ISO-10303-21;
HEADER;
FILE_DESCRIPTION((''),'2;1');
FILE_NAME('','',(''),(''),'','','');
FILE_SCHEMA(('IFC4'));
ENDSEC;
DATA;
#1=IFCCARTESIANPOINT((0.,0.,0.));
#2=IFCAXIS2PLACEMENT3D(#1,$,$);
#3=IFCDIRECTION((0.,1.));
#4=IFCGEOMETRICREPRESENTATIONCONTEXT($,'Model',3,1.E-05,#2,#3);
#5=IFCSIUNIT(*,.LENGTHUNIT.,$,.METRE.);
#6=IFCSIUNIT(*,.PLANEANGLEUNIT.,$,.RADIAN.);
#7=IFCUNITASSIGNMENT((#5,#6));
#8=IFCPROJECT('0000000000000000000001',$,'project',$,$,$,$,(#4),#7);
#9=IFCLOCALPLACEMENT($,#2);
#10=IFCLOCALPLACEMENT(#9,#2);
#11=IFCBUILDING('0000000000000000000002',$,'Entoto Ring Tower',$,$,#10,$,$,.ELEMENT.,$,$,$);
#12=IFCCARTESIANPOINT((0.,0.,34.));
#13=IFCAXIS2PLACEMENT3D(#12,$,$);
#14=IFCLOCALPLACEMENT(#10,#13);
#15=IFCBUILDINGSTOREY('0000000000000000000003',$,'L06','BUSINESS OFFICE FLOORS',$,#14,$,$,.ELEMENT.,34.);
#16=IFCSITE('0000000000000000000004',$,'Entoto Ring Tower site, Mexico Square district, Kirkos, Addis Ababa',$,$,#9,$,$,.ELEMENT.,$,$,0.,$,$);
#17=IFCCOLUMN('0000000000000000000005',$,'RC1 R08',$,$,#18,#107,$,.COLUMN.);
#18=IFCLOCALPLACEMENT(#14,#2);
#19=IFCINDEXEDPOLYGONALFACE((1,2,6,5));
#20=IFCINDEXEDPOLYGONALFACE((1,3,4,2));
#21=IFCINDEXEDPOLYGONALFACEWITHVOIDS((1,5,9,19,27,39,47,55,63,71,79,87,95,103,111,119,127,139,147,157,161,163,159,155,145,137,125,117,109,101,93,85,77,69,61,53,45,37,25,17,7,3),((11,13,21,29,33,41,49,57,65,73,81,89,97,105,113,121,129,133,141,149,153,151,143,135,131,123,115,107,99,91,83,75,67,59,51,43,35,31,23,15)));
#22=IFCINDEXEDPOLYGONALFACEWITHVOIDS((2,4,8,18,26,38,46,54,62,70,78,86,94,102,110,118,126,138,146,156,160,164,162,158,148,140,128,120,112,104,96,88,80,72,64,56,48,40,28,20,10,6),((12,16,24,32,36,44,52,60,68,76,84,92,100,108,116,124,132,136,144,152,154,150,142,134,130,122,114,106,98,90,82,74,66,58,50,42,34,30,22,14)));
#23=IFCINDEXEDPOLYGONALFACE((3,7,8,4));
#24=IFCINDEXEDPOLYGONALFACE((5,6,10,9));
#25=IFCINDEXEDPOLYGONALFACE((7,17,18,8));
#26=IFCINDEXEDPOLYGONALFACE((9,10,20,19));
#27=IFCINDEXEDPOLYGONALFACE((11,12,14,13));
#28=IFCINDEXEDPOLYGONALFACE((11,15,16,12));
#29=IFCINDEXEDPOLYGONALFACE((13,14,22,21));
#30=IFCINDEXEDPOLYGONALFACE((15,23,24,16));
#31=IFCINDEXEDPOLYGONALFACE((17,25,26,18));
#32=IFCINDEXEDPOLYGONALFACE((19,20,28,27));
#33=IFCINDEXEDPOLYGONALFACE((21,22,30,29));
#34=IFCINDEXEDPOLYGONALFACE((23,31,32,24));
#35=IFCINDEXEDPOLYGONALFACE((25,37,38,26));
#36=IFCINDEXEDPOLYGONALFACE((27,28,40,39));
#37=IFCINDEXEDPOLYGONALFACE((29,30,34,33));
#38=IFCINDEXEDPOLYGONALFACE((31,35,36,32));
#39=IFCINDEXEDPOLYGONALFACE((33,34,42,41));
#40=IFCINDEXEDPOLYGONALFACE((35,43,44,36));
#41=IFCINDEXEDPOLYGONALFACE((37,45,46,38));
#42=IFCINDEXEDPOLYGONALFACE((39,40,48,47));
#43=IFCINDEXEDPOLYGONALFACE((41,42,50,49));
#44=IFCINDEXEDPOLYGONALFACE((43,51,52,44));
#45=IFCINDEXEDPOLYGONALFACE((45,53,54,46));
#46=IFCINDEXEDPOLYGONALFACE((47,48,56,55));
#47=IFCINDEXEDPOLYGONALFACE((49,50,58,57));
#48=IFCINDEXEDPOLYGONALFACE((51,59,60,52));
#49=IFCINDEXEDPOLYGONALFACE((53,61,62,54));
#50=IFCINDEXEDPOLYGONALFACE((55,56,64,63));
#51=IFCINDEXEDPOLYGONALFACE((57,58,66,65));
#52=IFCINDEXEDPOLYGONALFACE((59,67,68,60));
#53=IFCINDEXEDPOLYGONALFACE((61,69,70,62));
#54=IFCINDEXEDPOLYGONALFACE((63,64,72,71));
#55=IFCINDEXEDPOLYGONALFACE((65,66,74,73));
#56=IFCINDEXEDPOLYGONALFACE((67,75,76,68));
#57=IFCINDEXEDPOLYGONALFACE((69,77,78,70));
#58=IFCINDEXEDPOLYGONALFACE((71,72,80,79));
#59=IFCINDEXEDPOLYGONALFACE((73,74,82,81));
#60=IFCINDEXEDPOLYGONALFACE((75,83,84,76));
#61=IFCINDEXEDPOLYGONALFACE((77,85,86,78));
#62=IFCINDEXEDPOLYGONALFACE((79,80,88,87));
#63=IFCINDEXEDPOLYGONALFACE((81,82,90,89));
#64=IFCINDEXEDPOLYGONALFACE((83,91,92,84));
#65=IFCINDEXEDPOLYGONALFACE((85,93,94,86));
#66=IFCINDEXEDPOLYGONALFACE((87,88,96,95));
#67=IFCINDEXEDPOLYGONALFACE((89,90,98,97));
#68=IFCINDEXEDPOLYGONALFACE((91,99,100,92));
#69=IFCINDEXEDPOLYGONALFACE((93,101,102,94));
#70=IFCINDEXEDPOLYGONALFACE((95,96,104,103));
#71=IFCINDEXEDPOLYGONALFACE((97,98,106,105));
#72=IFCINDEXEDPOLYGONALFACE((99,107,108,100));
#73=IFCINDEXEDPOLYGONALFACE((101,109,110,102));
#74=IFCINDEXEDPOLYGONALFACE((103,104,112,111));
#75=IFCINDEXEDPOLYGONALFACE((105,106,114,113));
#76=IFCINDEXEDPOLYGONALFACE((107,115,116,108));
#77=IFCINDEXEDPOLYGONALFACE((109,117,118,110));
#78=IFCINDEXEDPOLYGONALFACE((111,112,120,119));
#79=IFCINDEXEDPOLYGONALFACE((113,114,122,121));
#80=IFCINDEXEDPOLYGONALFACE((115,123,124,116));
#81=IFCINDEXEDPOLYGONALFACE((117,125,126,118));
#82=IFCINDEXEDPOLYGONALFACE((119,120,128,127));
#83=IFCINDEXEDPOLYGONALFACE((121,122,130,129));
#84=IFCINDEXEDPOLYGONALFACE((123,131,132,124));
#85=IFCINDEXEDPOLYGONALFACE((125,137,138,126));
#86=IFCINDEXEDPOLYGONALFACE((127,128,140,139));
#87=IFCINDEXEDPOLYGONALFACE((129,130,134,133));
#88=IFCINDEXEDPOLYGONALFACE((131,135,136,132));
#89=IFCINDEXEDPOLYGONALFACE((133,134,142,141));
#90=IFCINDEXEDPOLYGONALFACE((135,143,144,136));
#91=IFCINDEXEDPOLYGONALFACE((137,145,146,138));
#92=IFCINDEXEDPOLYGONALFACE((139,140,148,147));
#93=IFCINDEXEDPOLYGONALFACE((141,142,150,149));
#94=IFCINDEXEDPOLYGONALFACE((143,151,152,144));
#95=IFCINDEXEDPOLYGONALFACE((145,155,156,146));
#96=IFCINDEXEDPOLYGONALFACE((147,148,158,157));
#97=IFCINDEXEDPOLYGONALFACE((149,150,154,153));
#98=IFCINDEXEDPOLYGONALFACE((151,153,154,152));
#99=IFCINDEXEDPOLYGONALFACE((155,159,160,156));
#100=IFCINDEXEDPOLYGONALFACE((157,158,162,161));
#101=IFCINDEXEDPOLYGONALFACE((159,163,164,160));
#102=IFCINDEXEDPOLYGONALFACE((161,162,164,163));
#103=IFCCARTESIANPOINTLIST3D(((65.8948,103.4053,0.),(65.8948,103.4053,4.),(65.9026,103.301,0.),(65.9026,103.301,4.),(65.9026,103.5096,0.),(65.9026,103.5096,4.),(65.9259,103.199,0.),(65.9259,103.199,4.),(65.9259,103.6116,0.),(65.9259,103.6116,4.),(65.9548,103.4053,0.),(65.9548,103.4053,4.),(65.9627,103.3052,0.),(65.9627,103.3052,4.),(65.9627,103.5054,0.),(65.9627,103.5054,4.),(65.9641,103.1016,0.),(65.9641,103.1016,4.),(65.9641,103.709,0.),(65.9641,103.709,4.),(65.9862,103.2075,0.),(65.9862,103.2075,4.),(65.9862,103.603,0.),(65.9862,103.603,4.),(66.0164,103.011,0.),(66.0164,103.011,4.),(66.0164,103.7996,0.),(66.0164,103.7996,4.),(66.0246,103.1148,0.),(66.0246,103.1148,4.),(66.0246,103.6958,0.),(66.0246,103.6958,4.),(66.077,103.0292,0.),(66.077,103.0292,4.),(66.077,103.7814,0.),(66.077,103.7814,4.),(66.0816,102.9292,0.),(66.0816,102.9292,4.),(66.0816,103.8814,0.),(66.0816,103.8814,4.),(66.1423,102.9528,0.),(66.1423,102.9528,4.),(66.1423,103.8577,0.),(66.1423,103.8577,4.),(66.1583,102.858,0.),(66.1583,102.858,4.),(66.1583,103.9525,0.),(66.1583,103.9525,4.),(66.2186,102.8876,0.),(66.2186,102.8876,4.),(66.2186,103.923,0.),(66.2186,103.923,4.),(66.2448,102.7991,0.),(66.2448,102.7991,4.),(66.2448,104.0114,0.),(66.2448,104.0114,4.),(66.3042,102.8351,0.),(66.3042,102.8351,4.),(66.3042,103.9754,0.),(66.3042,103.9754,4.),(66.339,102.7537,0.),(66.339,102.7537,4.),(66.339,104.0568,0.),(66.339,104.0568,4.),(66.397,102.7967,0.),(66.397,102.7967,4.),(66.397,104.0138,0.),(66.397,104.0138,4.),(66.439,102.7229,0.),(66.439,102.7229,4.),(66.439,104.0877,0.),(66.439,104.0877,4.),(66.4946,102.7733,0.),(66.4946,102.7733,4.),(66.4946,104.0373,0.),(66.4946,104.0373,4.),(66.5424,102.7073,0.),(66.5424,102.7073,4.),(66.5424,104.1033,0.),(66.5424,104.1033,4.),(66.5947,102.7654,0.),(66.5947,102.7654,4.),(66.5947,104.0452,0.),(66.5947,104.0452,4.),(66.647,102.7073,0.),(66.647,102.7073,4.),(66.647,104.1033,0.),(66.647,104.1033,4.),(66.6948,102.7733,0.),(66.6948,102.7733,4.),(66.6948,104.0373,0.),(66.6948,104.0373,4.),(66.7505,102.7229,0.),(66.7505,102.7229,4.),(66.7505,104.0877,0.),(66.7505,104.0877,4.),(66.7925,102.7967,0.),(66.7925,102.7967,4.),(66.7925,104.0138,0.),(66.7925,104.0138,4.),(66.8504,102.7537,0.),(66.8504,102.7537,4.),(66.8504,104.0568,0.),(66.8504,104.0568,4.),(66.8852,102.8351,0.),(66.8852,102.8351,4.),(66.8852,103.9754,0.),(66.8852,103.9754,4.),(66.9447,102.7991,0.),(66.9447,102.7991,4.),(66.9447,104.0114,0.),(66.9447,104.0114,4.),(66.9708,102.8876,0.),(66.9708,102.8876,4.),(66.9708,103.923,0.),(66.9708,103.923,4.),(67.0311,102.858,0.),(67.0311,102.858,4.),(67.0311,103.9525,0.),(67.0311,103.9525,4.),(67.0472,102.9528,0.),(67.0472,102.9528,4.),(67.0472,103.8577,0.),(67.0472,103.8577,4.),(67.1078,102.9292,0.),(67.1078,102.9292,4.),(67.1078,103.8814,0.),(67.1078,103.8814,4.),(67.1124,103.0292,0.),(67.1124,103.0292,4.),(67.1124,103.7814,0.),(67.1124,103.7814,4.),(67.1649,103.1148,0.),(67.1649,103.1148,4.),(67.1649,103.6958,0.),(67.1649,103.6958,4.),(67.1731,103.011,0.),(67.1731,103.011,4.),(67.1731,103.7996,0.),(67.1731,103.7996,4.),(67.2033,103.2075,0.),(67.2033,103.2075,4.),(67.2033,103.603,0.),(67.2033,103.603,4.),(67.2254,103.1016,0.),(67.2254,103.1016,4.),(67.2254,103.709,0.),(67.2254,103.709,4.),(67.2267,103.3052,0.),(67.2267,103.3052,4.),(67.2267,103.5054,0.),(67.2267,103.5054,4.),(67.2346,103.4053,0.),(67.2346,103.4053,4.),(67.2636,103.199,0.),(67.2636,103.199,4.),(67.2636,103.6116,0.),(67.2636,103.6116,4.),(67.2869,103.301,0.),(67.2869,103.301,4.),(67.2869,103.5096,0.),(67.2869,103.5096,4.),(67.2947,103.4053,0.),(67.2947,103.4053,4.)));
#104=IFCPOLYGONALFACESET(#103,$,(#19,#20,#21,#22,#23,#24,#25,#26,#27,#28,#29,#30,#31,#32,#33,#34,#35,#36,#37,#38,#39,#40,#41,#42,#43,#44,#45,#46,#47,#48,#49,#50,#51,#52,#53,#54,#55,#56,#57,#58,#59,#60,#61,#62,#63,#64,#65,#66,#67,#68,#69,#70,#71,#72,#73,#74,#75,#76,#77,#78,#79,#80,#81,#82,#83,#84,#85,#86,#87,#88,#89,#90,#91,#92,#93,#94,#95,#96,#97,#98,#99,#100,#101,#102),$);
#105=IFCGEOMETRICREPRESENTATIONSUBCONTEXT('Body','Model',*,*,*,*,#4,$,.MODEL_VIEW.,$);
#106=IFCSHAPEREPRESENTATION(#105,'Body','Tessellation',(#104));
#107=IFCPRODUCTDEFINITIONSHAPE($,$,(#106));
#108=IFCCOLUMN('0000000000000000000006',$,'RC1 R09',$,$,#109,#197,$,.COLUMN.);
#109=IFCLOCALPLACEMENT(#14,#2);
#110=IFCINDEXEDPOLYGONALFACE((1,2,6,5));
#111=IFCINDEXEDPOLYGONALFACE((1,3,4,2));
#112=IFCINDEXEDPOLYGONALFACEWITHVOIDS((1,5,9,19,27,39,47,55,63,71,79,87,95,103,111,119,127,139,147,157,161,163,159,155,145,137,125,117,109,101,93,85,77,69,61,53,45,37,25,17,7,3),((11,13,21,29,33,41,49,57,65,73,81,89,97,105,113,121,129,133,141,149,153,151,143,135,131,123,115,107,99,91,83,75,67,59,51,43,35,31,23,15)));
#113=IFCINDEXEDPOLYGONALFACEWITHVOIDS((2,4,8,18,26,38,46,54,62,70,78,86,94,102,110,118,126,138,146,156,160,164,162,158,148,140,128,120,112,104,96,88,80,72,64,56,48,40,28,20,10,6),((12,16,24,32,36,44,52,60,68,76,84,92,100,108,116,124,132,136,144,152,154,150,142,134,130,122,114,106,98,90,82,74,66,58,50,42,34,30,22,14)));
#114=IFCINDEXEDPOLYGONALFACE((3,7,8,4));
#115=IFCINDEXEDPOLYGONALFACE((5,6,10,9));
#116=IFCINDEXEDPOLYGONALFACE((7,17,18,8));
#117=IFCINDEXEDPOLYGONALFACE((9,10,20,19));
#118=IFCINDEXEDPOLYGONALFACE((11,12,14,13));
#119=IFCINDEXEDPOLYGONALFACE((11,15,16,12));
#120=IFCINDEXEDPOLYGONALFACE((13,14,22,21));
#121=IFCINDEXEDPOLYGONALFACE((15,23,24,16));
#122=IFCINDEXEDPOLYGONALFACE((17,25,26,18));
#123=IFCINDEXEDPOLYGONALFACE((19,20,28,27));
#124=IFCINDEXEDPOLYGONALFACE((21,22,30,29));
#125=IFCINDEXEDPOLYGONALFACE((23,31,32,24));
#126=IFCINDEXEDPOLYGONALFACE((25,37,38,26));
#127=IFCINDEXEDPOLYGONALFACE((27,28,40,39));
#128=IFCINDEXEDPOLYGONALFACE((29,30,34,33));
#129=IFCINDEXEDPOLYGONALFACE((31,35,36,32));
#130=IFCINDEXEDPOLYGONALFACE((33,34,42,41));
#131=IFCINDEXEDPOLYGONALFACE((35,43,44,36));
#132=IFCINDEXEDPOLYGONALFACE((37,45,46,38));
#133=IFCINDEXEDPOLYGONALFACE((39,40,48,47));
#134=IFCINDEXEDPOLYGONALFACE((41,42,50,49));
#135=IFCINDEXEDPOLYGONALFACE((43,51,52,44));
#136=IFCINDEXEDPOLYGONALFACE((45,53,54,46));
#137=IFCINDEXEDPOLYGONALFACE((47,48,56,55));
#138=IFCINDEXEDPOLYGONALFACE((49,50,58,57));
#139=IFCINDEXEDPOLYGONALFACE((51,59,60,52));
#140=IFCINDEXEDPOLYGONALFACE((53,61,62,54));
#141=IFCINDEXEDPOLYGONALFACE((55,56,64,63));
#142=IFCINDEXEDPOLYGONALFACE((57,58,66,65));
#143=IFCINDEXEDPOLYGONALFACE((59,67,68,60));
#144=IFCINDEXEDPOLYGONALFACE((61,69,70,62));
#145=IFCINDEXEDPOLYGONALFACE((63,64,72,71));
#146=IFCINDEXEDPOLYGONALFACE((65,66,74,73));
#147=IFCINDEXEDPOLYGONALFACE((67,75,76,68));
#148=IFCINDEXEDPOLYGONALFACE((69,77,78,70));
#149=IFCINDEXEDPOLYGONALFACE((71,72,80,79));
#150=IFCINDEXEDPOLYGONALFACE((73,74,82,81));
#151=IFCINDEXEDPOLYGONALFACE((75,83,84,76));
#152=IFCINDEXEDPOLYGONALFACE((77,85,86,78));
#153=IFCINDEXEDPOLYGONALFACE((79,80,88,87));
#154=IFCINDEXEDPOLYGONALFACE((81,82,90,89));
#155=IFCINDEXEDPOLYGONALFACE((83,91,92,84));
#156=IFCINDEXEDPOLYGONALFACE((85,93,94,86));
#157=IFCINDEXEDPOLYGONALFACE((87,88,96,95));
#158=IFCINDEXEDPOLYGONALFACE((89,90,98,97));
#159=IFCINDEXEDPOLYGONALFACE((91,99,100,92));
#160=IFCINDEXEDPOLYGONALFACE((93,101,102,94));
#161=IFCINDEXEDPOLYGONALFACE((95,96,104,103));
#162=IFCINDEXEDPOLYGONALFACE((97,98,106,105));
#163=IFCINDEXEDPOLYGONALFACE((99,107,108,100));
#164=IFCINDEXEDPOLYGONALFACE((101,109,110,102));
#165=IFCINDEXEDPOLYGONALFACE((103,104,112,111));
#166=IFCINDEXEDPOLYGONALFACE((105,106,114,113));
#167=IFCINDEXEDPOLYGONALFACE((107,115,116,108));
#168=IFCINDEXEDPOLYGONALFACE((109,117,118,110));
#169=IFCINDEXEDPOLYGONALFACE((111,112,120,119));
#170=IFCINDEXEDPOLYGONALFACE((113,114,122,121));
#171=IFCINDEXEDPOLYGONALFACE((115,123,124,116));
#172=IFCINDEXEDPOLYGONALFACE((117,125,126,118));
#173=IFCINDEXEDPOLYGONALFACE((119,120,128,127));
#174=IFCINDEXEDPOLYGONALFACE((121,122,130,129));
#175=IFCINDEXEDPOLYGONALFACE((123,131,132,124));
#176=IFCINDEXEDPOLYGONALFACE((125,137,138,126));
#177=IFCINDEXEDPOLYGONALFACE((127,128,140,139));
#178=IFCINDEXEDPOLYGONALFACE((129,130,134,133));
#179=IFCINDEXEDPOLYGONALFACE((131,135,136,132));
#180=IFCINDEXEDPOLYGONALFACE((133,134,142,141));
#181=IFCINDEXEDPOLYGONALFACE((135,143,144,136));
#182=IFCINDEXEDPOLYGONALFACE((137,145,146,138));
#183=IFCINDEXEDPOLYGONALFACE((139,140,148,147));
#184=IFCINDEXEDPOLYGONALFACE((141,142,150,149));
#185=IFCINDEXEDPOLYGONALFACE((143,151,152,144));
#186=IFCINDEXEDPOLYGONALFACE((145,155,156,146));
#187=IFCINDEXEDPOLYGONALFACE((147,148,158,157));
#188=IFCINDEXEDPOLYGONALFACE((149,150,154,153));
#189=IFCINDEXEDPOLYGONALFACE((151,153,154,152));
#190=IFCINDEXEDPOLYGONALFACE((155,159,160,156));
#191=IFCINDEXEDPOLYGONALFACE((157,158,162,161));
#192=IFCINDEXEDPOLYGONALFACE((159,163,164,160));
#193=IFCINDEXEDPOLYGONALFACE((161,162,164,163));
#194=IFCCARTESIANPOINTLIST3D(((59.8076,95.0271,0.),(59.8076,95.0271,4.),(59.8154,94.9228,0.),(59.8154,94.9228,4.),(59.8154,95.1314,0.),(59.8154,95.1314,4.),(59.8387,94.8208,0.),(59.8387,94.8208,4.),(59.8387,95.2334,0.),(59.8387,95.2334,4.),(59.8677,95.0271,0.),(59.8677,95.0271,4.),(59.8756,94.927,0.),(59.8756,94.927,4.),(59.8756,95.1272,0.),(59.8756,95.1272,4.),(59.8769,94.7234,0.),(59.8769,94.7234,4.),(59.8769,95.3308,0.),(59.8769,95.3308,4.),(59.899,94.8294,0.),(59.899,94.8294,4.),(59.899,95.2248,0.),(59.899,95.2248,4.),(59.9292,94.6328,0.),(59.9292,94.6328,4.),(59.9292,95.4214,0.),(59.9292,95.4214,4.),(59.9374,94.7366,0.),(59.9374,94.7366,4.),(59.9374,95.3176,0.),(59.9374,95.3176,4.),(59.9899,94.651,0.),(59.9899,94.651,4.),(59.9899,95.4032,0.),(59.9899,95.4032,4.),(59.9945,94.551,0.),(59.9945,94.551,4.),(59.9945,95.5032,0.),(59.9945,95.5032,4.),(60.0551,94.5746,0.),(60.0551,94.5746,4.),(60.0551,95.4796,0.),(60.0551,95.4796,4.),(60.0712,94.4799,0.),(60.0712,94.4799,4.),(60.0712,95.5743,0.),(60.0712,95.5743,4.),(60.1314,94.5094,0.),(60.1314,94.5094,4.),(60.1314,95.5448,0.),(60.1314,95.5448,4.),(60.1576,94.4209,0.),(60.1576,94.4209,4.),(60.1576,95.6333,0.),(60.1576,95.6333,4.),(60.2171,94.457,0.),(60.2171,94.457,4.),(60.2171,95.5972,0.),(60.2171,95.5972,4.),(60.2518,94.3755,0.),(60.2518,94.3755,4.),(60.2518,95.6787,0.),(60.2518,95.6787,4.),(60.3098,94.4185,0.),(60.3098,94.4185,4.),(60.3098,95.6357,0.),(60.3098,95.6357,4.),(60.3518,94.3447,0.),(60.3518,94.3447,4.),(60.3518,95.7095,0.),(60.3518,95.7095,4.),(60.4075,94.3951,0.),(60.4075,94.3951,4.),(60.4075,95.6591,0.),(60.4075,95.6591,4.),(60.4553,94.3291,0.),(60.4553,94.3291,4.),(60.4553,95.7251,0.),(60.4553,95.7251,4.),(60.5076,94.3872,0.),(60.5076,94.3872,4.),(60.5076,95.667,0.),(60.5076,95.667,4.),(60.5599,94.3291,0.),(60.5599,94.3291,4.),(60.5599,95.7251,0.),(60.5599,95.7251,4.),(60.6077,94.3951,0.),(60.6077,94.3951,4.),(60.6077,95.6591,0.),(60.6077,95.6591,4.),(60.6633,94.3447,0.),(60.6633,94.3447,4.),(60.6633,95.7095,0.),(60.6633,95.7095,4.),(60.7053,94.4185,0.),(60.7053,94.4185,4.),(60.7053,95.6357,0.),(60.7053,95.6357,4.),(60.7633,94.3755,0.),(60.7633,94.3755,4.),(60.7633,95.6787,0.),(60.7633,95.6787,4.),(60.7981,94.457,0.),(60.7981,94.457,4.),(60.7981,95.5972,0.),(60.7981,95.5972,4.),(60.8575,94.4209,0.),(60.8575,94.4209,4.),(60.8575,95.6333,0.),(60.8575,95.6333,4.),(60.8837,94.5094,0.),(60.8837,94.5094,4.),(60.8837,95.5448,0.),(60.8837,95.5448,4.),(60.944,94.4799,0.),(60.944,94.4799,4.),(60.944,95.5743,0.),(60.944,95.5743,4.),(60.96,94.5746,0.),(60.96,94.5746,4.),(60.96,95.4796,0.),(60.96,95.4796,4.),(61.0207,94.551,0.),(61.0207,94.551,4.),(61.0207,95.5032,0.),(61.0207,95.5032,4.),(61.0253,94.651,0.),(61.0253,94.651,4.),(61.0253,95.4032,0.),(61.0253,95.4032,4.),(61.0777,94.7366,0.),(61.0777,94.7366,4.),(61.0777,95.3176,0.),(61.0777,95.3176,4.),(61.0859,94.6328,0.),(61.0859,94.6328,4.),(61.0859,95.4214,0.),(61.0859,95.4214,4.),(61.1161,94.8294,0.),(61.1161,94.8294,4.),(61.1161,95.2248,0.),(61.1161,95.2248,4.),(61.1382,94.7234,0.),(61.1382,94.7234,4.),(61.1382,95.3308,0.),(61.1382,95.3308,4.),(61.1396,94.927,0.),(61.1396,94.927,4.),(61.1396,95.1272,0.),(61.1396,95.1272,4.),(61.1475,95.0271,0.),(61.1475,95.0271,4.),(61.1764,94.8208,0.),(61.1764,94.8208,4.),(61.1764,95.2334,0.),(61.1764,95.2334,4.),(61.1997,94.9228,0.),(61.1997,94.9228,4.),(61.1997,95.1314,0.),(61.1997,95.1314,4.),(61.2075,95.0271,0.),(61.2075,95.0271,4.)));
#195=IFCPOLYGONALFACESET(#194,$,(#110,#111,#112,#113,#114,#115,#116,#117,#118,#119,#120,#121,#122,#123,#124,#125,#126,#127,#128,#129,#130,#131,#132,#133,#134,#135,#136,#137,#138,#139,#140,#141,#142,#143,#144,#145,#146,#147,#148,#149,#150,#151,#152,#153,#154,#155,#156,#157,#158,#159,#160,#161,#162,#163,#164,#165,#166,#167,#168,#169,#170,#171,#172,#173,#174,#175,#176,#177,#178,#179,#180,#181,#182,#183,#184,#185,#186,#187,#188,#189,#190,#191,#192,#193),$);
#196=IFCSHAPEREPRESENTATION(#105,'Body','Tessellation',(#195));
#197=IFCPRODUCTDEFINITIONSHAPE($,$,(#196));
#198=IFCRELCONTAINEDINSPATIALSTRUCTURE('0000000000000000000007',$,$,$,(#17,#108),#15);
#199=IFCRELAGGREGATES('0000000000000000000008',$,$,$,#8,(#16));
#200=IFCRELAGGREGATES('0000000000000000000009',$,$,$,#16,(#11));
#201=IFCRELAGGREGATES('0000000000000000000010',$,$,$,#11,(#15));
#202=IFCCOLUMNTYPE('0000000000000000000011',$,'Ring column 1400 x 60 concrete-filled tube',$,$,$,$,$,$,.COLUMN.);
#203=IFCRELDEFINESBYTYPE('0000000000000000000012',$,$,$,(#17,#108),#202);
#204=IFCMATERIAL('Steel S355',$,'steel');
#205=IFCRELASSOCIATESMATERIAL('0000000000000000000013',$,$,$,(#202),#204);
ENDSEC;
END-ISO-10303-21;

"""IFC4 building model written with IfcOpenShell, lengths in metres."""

from ifc_helpers import new_model, si_unit, direction, frame, origin, origin_2d, place, context, subcontext, project, spatial, circle, hollow_circle, extrude, material, material_profile, profile_set, type_object, element, save


model = new_model("IFC4")

# Units and contexts
model_context = context("Model", 3, precision=1e-05, world=origin(), true_north=direction((0.0, 1.0)))
body_context = subcontext(model_context, "Body", "Model", "MODEL_VIEW")
ifc_project = project(units=[si_unit("LENGTHUNIT", "METRE"), si_unit("PLANEANGLEUNIT", "RADIAN")], contexts=[model_context])

# Site, building, storey
site_placement = place(None, origin())
site = spatial("IfcSite", under=ifc_project, at=site_placement, Name="Entoto Ring Tower site, Mexico Square district, Kirkos, Addis Ababa", CompositionType="ELEMENT", RefElevation=0.0)
building_placement = place(site_placement, origin())
building = spatial("IfcBuilding", under=site, at=building_placement, Name="Entoto Ring Tower", CompositionType="ELEMENT")
storey_placement = place(building_placement, frame((0.0, 0.0, 34.0)))
storey = spatial("IfcBuildingStorey", under=building, at=storey_placement, Name="L06", Description="BUSINESS OFFICE FLOORS", CompositionType="ELEMENT", Elevation=34.0)

# Columns
ifc_material_1 = material(Name="Steel S355", Category="steel")
ifc_material_profile_1 = material_profile(ifc_material_1, hollow_circle(Radius=0.7, WallThickness=0.0601, at=origin_2d()), Name="CHS 1400 x 60")
ifc_material_2 = material(Name="Concrete C60/75", Category="concrete")
ifc_material_profile_2 = material_profile(ifc_material_2, circle(Radius=0.6399, at=origin_2d()), Name="Concrete C60/75 infill")
ifc_profile_set_1 = profile_set([ifc_material_profile_1, ifc_material_profile_2], Name="Steel S355")
column_type = type_object("IfcColumnType", Name="Ring column 1400 x 60 concrete-filled tube", PredefinedType="COLUMN", material=ifc_profile_set_1)
for number, where, z_axis, x_axis, name in (
    (1, (66.5947, 103.4053, 0.0), (0.0, 0.0, 1.0), (1.0, 0.0, 0.0), "RC1 R08"),
    (2, (60.5076, 95.0271, 0.0), (0.0, 0.0, 1.0), (1.0, 0.0, 0.0), "RC1 R09"),
):
    element("IfcColumn", number, at=place(storey_placement, frame(where, z_axis=z_axis, x_axis=x_axis)), inside=storey, type_object=column_type, Name=name, PredefinedType="COLUMN", context=body_context, shape_type="SweptSolid", body=[
        extrude(hollow_circle(Radius=0.7, WallThickness=0.0601, at=origin_2d()), origin(), (0.0, 0.0, 1.0), 4.0),
    ])

save(model, "model.ifc")
